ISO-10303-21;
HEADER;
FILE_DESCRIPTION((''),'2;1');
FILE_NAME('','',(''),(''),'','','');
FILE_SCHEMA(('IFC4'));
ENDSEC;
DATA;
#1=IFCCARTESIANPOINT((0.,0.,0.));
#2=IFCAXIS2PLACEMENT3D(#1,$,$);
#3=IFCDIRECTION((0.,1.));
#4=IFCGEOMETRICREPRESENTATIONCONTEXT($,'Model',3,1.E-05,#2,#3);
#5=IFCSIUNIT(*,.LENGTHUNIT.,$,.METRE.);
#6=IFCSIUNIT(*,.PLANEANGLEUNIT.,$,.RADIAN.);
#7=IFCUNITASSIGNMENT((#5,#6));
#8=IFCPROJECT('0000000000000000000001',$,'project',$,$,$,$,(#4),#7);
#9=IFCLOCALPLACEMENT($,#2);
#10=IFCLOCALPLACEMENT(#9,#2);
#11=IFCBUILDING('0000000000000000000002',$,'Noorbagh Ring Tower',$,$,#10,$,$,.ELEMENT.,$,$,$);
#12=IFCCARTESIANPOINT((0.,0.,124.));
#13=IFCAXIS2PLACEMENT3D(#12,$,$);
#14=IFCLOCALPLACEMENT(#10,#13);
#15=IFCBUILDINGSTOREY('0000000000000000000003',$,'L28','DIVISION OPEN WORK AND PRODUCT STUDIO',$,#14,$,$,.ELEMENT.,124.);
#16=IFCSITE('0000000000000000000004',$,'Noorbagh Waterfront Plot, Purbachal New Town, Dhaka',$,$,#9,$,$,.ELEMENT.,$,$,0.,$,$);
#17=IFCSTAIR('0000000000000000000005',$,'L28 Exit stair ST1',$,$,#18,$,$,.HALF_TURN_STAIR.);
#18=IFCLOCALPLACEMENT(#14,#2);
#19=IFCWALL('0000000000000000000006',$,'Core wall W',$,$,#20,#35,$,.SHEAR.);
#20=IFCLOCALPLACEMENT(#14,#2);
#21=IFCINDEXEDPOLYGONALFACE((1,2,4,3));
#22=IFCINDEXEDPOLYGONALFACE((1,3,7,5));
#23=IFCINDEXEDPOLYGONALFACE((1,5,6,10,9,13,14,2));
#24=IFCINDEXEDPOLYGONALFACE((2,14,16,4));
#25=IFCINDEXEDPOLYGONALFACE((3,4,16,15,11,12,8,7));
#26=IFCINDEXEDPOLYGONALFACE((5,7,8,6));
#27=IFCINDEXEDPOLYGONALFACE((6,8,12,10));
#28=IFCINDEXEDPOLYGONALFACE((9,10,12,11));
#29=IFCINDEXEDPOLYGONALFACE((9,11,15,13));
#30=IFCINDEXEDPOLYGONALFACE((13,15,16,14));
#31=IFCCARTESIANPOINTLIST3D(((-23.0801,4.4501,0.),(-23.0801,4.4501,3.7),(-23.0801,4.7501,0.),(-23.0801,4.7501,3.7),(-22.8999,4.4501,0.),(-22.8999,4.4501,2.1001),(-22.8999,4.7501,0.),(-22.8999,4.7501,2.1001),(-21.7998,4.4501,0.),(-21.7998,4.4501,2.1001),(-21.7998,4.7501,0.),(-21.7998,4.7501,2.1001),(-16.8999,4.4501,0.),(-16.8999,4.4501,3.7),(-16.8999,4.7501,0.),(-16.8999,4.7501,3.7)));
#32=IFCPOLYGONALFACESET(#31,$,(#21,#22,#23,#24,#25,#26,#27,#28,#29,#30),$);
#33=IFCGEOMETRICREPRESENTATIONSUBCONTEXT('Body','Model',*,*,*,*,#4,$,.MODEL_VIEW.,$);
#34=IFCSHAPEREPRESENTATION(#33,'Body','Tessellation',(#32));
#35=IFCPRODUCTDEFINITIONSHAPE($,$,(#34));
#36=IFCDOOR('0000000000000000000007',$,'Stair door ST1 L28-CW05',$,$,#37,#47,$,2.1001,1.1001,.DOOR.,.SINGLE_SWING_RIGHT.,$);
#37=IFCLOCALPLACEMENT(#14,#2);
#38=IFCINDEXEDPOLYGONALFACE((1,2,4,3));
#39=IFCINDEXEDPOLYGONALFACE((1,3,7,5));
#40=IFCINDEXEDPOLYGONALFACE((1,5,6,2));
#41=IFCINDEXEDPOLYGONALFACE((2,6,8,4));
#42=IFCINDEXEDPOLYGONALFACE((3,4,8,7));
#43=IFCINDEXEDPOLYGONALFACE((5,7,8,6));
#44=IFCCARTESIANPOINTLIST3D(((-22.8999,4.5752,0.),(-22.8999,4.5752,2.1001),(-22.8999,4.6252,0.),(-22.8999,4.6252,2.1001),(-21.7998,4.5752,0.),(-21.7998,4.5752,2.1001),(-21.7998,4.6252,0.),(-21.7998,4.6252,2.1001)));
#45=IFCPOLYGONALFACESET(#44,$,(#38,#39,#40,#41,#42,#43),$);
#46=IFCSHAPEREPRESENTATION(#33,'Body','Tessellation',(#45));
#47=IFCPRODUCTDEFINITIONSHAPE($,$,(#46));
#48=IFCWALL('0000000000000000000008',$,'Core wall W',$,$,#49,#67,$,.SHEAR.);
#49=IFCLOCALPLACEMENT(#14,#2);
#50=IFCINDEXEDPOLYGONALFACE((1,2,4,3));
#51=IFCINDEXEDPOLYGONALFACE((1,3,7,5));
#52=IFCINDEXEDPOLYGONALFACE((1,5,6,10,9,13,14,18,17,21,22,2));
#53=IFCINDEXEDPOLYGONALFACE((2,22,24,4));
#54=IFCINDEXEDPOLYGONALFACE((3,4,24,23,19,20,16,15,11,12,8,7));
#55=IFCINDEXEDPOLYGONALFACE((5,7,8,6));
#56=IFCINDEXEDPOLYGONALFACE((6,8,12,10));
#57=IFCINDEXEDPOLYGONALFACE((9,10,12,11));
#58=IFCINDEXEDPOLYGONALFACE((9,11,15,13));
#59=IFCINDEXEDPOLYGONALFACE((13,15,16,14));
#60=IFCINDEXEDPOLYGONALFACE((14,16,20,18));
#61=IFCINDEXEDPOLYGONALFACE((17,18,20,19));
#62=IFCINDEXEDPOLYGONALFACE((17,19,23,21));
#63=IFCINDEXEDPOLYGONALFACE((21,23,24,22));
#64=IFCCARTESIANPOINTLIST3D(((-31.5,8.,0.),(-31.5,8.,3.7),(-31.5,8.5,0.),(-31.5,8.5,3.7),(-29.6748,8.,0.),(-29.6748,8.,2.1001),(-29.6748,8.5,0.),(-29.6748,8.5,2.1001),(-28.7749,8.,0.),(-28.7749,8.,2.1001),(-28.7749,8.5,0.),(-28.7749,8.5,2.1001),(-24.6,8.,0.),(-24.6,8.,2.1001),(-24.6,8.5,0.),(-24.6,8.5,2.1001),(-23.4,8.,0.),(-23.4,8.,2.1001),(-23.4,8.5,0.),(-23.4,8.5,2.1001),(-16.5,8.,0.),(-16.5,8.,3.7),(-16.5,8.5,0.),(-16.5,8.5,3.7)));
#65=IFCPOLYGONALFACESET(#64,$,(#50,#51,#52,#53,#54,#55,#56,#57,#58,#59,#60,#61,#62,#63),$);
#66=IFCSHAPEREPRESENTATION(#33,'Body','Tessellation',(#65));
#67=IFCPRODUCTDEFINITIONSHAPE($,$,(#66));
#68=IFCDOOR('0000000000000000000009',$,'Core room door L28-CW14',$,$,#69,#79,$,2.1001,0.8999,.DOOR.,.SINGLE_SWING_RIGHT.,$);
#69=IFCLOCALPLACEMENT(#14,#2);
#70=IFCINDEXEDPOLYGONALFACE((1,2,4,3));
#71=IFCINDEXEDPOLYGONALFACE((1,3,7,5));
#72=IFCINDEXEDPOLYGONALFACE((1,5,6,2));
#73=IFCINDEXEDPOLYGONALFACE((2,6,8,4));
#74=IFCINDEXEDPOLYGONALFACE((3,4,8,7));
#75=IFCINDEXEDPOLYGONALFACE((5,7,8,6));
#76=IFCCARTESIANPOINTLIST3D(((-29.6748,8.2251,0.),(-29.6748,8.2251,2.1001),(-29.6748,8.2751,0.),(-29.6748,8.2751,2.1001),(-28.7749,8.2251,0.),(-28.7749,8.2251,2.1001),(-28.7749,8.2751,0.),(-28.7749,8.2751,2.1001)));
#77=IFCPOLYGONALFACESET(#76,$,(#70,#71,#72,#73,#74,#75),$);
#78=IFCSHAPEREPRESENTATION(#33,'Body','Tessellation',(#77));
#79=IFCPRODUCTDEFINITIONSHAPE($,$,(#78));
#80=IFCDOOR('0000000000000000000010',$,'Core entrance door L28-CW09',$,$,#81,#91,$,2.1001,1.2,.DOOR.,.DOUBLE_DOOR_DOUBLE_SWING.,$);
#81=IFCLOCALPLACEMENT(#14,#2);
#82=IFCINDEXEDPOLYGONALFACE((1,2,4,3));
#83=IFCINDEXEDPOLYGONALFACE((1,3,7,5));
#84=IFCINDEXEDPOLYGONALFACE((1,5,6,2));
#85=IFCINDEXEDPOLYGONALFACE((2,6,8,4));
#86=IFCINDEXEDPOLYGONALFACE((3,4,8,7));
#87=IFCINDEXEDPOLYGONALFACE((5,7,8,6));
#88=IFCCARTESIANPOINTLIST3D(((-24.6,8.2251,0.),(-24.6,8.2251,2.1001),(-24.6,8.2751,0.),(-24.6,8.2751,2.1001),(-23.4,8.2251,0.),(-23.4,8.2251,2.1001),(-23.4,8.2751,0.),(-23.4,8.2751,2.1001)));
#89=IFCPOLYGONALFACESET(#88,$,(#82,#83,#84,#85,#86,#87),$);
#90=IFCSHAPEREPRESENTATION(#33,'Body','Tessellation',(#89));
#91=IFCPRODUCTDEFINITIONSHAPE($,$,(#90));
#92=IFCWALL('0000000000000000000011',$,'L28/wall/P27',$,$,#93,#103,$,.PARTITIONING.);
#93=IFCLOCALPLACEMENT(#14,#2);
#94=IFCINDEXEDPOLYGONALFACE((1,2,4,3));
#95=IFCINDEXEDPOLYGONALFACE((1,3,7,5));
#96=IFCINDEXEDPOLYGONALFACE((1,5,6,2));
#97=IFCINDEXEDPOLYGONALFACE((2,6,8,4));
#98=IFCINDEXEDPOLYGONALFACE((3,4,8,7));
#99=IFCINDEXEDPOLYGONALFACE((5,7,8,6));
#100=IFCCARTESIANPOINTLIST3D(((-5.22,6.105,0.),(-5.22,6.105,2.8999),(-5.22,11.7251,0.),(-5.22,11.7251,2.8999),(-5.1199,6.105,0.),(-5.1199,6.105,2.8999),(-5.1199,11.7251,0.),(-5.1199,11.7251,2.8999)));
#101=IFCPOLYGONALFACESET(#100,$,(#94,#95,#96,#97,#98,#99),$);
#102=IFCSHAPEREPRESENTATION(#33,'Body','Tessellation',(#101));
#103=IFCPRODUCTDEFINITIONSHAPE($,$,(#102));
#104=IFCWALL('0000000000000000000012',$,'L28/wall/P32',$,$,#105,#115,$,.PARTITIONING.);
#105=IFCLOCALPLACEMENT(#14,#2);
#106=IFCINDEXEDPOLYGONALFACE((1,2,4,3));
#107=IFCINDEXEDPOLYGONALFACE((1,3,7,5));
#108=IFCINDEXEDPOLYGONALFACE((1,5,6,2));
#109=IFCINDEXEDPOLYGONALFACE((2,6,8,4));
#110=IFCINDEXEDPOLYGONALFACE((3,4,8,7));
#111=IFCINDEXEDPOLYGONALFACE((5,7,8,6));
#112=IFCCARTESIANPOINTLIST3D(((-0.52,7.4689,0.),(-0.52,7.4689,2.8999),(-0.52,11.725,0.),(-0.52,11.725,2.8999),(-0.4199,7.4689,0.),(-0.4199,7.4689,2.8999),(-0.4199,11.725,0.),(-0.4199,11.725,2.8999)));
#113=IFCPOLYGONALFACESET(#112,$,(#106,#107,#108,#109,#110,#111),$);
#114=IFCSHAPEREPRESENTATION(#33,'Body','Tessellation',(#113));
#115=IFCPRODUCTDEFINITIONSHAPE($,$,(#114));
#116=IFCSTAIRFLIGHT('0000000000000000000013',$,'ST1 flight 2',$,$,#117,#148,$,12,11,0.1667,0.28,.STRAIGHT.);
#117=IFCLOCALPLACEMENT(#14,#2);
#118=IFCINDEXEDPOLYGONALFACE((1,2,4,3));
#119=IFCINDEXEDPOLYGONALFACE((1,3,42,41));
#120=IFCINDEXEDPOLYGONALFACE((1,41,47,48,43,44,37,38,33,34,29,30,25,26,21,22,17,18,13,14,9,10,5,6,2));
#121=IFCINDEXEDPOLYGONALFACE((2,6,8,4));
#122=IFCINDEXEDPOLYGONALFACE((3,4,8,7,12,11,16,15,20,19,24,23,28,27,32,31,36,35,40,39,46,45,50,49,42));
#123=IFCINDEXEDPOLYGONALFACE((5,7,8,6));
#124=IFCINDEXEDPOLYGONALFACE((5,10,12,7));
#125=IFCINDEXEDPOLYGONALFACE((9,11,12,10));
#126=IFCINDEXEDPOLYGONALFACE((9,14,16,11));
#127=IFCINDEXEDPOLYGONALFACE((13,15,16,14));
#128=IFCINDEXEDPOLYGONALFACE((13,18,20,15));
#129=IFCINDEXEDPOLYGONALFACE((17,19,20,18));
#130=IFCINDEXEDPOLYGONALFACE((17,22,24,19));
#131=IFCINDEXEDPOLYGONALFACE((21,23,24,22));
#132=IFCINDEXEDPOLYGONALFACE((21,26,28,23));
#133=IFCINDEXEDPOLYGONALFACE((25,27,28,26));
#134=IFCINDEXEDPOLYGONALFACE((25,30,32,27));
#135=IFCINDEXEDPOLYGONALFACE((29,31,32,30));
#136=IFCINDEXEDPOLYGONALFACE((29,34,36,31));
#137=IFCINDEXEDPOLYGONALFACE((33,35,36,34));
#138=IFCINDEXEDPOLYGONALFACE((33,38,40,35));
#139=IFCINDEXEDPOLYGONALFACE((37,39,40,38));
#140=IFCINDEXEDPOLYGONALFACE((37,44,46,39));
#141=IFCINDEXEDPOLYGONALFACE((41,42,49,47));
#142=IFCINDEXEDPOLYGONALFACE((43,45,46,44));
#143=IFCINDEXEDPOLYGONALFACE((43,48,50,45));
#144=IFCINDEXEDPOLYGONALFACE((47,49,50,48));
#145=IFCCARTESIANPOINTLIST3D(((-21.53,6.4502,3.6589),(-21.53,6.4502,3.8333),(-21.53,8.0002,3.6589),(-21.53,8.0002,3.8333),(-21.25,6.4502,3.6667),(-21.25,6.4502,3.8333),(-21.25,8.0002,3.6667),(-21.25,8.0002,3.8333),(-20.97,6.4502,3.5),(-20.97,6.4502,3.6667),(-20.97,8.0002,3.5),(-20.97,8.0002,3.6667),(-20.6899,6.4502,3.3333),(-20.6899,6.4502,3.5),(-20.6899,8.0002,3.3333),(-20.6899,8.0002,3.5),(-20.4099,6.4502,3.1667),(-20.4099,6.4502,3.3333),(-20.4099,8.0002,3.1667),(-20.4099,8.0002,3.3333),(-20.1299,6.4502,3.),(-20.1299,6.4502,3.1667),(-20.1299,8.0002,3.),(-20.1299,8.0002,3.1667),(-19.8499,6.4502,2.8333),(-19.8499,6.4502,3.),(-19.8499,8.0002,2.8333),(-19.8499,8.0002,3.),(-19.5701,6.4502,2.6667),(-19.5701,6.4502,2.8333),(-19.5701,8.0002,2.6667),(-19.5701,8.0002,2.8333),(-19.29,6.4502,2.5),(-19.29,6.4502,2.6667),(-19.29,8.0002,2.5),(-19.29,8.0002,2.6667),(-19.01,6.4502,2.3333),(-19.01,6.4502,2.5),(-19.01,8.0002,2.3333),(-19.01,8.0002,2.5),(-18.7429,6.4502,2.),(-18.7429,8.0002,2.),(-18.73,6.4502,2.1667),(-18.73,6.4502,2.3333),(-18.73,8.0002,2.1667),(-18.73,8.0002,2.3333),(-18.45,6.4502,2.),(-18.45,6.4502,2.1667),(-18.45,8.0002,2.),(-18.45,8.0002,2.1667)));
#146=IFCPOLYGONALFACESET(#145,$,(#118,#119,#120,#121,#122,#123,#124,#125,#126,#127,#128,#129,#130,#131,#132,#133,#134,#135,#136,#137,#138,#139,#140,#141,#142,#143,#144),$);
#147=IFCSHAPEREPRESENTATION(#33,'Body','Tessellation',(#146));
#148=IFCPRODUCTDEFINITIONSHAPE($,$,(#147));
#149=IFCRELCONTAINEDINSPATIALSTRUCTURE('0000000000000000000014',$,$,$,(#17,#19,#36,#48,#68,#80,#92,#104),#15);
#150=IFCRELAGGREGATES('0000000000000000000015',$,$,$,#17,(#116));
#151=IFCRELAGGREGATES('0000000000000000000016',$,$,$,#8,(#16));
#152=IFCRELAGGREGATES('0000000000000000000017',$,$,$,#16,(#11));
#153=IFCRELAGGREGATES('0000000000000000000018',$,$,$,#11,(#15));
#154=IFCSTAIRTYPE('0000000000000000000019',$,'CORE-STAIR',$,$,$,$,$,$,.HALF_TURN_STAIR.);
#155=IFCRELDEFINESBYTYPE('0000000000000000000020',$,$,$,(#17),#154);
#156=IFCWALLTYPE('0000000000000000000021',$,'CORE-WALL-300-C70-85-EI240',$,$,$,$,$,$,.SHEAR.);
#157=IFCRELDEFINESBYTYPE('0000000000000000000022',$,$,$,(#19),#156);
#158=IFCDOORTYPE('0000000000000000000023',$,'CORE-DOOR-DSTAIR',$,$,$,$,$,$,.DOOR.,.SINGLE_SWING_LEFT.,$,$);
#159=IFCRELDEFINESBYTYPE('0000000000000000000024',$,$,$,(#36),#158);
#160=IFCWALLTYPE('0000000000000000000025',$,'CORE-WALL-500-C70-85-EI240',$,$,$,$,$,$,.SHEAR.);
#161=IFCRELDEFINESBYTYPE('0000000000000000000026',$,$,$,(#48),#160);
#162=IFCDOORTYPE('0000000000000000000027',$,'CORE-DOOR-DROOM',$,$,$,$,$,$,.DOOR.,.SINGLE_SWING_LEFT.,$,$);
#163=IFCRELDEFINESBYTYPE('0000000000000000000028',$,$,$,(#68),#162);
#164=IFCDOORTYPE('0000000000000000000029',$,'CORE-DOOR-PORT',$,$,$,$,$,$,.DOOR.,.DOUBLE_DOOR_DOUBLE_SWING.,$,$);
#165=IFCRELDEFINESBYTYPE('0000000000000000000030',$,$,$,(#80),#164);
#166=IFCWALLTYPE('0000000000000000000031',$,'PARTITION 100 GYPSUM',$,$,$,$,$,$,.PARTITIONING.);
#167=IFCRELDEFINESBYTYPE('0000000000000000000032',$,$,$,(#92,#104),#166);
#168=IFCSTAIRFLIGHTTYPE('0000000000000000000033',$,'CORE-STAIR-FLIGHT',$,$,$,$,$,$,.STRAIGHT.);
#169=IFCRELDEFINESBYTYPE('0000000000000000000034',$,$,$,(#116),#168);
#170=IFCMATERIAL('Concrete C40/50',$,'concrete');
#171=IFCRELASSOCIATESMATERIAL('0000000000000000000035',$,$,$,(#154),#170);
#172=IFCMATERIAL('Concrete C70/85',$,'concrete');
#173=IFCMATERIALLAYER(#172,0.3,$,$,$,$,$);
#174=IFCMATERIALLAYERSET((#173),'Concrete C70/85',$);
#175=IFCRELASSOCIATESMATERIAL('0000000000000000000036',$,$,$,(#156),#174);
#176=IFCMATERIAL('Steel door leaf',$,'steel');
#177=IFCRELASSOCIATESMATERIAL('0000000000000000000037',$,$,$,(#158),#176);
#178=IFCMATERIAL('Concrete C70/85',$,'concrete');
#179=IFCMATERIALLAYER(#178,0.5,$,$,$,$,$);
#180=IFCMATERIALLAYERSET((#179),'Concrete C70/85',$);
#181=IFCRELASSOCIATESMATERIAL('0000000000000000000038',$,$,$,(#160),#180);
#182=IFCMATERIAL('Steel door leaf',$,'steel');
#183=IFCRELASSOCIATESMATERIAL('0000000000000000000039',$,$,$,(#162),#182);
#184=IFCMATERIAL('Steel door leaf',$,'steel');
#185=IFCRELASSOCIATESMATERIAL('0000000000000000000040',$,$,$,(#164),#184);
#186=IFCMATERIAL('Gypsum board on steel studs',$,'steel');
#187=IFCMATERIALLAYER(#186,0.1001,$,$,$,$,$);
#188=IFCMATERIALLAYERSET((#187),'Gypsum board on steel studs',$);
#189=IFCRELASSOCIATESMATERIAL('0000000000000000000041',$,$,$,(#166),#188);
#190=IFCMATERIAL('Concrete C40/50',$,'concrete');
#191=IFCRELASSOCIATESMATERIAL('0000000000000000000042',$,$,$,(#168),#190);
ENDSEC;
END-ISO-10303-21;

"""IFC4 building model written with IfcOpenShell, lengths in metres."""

from ifc_helpers import new_model, si_unit, direction, frame, frame_2d, origin, place, context, subcontext, project, spatial, polyline, rectangle, outline, extrude, material, layer, layer_set, type_object, element, fill, aggregate, save


model = new_model("IFC4")

# Units and contexts
model_context = context("Model", 3, precision=1e-05, world=origin(), true_north=direction((0.0, 1.0)))
body_context = subcontext(model_context, "Body", "Model", "MODEL_VIEW")
ifc_project = project(units=[si_unit("LENGTHUNIT", "METRE"), si_unit("PLANEANGLEUNIT", "RADIAN")], contexts=[model_context])

# Site, building, storey
site_placement = place(None, origin())
site = spatial("IfcSite", under=ifc_project, at=site_placement, Name="Noorbagh Waterfront Plot, Purbachal New Town, Dhaka", CompositionType="ELEMENT", RefElevation=0.0)
building_placement = place(site_placement, origin())
building = spatial("IfcBuilding", under=site, at=building_placement, Name="Noorbagh Ring Tower", CompositionType="ELEMENT")
storey_placement = place(building_placement, frame((0.0, 0.0, 124.0)))
storey = spatial("IfcBuildingStorey", under=building, at=storey_placement, Name="L28", Description="DIVISION OPEN WORK AND PRODUCT STUDIO", CompositionType="ELEMENT", Elevation=124.0)

# Stair
ifc_material_1 = material(Name="Concrete C40/50", Category="concrete")
stair_type = type_object("IfcStairType", Name="CORE-STAIR", PredefinedType="HALF_TURN_STAIR", material=ifc_material_1)
stair_1_placement = place(storey_placement, origin())
stair_1 = element("IfcStair", 1, at=stair_1_placement, inside=storey, type_object=stair_type, Name="L28 Exit stair ST1", PredefinedType="HALF_TURN_STAIR")

# Wall, opening, door
ifc_material_2 = material(Name="Concrete C70/85", Category="concrete")
ifc_layer_1 = layer(ifc_material_2, 0.3)
ifc_layer_set_1 = layer_set([ifc_layer_1], Name="Concrete C70/85")
wall_type_1 = type_object("IfcWallType", Name="CORE-WALL-300-C70-85-EI240", PredefinedType="SHEAR", material=ifc_layer_set_1)
wall_1_placement = place(storey_placement, frame((-16.8999, 4.6001, 0.0), z_axis=(0.0, 0.0, 1.0), x_axis=(-1.0, 0.0, 0.0)))
wall_1 = element("IfcWall", 2, at=wall_1_placement, inside=storey, type_object=wall_type_1, Name="Core wall W", PredefinedType="SHEAR", context=body_context, shape_type="SweptSolid", body=[
    extrude(rectangle(XDim=6.1802, YDim=0.3, at=frame_2d((3.0901, 0.0))), origin(), (0.0, 0.0, 1.0), 3.7),
])
opening_1_placement = place(wall_1_placement, frame((4.8999, 0.0, 0.0)))
opening_1 = element("IfcOpeningElement", 3, at=opening_1_placement, cuts=wall_1, PredefinedType="OPENING", context=body_context, shape_type="SweptSolid", body=[
    extrude(rectangle(XDim=1.1001, YDim=2.1001, at=frame_2d((0.55, 1.05))), frame((0.0, 0.1602, 0.0), z_axis=(0.0, -1.0, 0.0), x_axis=(1.0, 0.0, 0.0)), (0.0, 0.0, 1.0), 0.3201),
])
ifc_material_3 = material(Name="Steel door leaf", Category="steel")
door_type_1 = type_object("IfcDoorType", Name="CORE-DOOR-DSTAIR", OperationType="SINGLE_SWING_LEFT", PredefinedType="DOOR", material=ifc_material_3)
door_1_placement = place(opening_1_placement, origin())
door_1 = element("IfcDoor", 4, at=door_1_placement, inside=storey, type_object=door_type_1, Name="Stair door ST1 L28-CW05", OperationType="SINGLE_SWING_RIGHT", OverallHeight=2.1001, OverallWidth=1.1001, PredefinedType="DOOR", context=body_context, shape_type="SweptSolid", body=[
    extrude(rectangle(XDim=1.1001, YDim=2.1001, at=frame_2d((0.55, 1.05))), frame((0.0, 0.0249, 0.0), z_axis=(0.0, -1.0, 0.0), x_axis=(1.0, 0.0, 0.0)), (0.0, 0.0, 1.0), 0.05),
])
fill(opening_1, door_1)

# Wall, openings, doors
ifc_material_4 = material(Name="Concrete C70/85", Category="concrete")
ifc_layer_2 = layer(ifc_material_4, 0.5)
ifc_layer_set_2 = layer_set([ifc_layer_2], Name="Concrete C70/85")
wall_type_2 = type_object("IfcWallType", Name="CORE-WALL-500-C70-85-EI240", PredefinedType="SHEAR", material=ifc_layer_set_2)
wall_2_placement = place(storey_placement, frame((-16.5, 8.25, 0.0), z_axis=(0.0, 0.0, 1.0), x_axis=(-1.0, 0.0, 0.0)))
wall_2 = element("IfcWall", 5, at=wall_2_placement, inside=storey, type_object=wall_type_2, Name="Core wall W", PredefinedType="SHEAR", context=body_context, shape_type="SweptSolid", body=[
    extrude(rectangle(XDim=15.0, YDim=0.5, at=frame_2d((7.5, 0.0))), origin(), (0.0, 0.0, 1.0), 3.7),
])
opening_2_placement = place(wall_2_placement, frame((6.8999, 0.0, 0.0)))
opening_2 = element("IfcOpeningElement", 6, at=opening_2_placement, cuts=wall_2, PredefinedType="OPENING", context=body_context, shape_type="SweptSolid", body=[
    extrude(rectangle(XDim=1.2, YDim=2.1001, at=frame_2d((0.6001, 1.05))), frame((0.0, 0.26, 0.0), z_axis=(0.0, -1.0, 0.0), x_axis=(1.0, 0.0, 0.0)), (0.0, 0.0, 1.0), 0.52),
])
opening_3_placement = place(wall_2_placement, frame((12.2749, 0.0, 0.0)))
opening_3 = element("IfcOpeningElement", 7, at=opening_3_placement, cuts=wall_2, PredefinedType="OPENING", context=body_context, shape_type="SweptSolid", body=[
    extrude(rectangle(XDim=0.8999, YDim=2.1001, at=frame_2d((0.45, 1.05))), frame((0.0, 0.26, 0.0), z_axis=(0.0, -1.0, 0.0), x_axis=(1.0, 0.0, 0.0)), (0.0, 0.0, 1.0), 0.52),
])
ifc_material_5 = material(Name="Steel door leaf", Category="steel")
door_type_2 = type_object("IfcDoorType", Name="CORE-DOOR-DROOM", OperationType="SINGLE_SWING_LEFT", PredefinedType="DOOR", material=ifc_material_5)
door_2_placement = place(opening_3_placement, origin())
door_2 = element("IfcDoor", 8, at=door_2_placement, inside=storey, type_object=door_type_2, Name="Core room door L28-CW14", OperationType="SINGLE_SWING_RIGHT", OverallHeight=2.1001, OverallWidth=0.8999, PredefinedType="DOOR", context=body_context, shape_type="SweptSolid", body=[
    extrude(rectangle(XDim=0.8999, YDim=2.1001, at=frame_2d((0.45, 1.05))), frame((0.0, 0.0249, 0.0), z_axis=(0.0, -1.0, 0.0), x_axis=(1.0, 0.0, 0.0)), (0.0, 0.0, 1.0), 0.05),
])
fill(opening_3, door_2)
ifc_material_6 = material(Name="Steel door leaf", Category="steel")
door_type_3 = type_object("IfcDoorType", Name="CORE-DOOR-PORT", OperationType="DOUBLE_DOOR_DOUBLE_SWING", PredefinedType="DOOR", material=ifc_material_6)
door_3_placement = place(opening_2_placement, origin())
door_3 = element("IfcDoor", 9, at=door_3_placement, inside=storey, type_object=door_type_3, Name="Core entrance door L28-CW09", OperationType="DOUBLE_DOOR_DOUBLE_SWING", OverallHeight=2.1001, OverallWidth=1.2, PredefinedType="DOOR", context=body_context, shape_type="SweptSolid", body=[
    extrude(rectangle(XDim=1.2, YDim=2.1001, at=frame_2d((0.6001, 1.05))), frame((0.0, 0.0249, 0.0), z_axis=(0.0, -1.0, 0.0), x_axis=(1.0, 0.0, 0.0)), (0.0, 0.0, 1.0), 0.05),
])
fill(opening_2, door_3)

# Walls
ifc_material_7 = material(Name="Gypsum board on steel studs", Category="steel")
ifc_layer_3 = layer(ifc_material_7, 0.1001)
ifc_layer_set_3 = layer_set([ifc_layer_3], Name="Gypsum board on steel studs")
wall_type_3 = type_object("IfcWallType", Name="PARTITION 100 GYPSUM", PredefinedType="PARTITIONING", material=ifc_layer_set_3)
wall_3_placement = place(storey_placement, frame((-5.1699, 6.105, 0.0), z_axis=(0.0, 0.0, 1.0), x_axis=(0.0, 1.0, 0.0)))
element("IfcWall", 10, at=wall_3_placement, inside=storey, type_object=wall_type_3, Name="L28/wall/P27", PredefinedType="PARTITIONING", context=body_context, shape_type="SweptSolid", body=[
    extrude(rectangle(XDim=5.6201, YDim=0.1001, at=frame_2d((2.8101, 0.0))), origin(), (0.0, 0.0, 1.0), 2.8999),
])
wall_4_placement = place(storey_placement, frame((-0.47, 7.469, 0.0), z_axis=(0.0, 0.0, 1.0), x_axis=(0.0, 1.0, 0.0)))
element("IfcWall", 11, at=wall_4_placement, inside=storey, type_object=wall_type_3, Name="L28/wall/P32", PredefinedType="PARTITIONING", context=body_context, shape_type="SweptSolid", body=[
    extrude(rectangle(XDim=4.2561, YDim=0.1001, at=frame_2d((2.1279, 0.0))), origin(), (0.0, 0.0, 1.0), 2.8999),
])

# Stair flight
ifc_material_8 = material(Name="Concrete C40/50", Category="concrete")
stair_flight_type = type_object("IfcStairFlightType", Name="CORE-STAIR-FLIGHT", PredefinedType="STRAIGHT", material=ifc_material_8)
stair_flight_placement = place(storey_placement, frame((-18.45, 7.2251, 2.0), z_axis=(0.0, 0.0, 1.0), x_axis=(-1.0, 0.0, 0.0)))
stair_flight = element("IfcStairFlight", 12, at=stair_flight_placement, type_object=stair_flight_type, Name="ST1 flight 2", NumberOfRisers=12, NumberOfTreads=11, PredefinedType="STRAIGHT", RiserHeight=0.1667, TreadLength=0.28, context=body_context, shape_type="SweptSolid", body=[
    extrude(outline(polyline([(0.0, 0.0), (0.0, 0.1667), (0.28, 0.1667), (0.28, 0.3333), (0.5601, 0.3333), (0.5601, 0.5), (0.8401, 0.5), (0.8401, 0.6667), (1.1201, 0.6667), (1.1201, 0.8333), (1.3999, 0.8333), (1.3999, 1.0), (1.6799, 1.0), (1.6799, 1.1667), (1.96, 1.1667), (1.96, 1.3333), (2.24, 1.3333), (2.24, 1.5), (2.52, 1.5), (2.52, 1.6667), (2.8, 1.6667), (2.8, 1.8333), (3.0801, 1.8333), (3.0801, 2.0), (3.0801, 1.6589), (0.293, 0.0), (0.0, 0.0)])), frame((0.0, 0.7749, 0.0), z_axis=(0.0, -1.0, 0.0), x_axis=(1.0, 0.0, 0.0)), (0.0, 0.0, 1.0), 1.55),
])
aggregate(stair_1, [stair_flight])

save(model, "model.ifc")
